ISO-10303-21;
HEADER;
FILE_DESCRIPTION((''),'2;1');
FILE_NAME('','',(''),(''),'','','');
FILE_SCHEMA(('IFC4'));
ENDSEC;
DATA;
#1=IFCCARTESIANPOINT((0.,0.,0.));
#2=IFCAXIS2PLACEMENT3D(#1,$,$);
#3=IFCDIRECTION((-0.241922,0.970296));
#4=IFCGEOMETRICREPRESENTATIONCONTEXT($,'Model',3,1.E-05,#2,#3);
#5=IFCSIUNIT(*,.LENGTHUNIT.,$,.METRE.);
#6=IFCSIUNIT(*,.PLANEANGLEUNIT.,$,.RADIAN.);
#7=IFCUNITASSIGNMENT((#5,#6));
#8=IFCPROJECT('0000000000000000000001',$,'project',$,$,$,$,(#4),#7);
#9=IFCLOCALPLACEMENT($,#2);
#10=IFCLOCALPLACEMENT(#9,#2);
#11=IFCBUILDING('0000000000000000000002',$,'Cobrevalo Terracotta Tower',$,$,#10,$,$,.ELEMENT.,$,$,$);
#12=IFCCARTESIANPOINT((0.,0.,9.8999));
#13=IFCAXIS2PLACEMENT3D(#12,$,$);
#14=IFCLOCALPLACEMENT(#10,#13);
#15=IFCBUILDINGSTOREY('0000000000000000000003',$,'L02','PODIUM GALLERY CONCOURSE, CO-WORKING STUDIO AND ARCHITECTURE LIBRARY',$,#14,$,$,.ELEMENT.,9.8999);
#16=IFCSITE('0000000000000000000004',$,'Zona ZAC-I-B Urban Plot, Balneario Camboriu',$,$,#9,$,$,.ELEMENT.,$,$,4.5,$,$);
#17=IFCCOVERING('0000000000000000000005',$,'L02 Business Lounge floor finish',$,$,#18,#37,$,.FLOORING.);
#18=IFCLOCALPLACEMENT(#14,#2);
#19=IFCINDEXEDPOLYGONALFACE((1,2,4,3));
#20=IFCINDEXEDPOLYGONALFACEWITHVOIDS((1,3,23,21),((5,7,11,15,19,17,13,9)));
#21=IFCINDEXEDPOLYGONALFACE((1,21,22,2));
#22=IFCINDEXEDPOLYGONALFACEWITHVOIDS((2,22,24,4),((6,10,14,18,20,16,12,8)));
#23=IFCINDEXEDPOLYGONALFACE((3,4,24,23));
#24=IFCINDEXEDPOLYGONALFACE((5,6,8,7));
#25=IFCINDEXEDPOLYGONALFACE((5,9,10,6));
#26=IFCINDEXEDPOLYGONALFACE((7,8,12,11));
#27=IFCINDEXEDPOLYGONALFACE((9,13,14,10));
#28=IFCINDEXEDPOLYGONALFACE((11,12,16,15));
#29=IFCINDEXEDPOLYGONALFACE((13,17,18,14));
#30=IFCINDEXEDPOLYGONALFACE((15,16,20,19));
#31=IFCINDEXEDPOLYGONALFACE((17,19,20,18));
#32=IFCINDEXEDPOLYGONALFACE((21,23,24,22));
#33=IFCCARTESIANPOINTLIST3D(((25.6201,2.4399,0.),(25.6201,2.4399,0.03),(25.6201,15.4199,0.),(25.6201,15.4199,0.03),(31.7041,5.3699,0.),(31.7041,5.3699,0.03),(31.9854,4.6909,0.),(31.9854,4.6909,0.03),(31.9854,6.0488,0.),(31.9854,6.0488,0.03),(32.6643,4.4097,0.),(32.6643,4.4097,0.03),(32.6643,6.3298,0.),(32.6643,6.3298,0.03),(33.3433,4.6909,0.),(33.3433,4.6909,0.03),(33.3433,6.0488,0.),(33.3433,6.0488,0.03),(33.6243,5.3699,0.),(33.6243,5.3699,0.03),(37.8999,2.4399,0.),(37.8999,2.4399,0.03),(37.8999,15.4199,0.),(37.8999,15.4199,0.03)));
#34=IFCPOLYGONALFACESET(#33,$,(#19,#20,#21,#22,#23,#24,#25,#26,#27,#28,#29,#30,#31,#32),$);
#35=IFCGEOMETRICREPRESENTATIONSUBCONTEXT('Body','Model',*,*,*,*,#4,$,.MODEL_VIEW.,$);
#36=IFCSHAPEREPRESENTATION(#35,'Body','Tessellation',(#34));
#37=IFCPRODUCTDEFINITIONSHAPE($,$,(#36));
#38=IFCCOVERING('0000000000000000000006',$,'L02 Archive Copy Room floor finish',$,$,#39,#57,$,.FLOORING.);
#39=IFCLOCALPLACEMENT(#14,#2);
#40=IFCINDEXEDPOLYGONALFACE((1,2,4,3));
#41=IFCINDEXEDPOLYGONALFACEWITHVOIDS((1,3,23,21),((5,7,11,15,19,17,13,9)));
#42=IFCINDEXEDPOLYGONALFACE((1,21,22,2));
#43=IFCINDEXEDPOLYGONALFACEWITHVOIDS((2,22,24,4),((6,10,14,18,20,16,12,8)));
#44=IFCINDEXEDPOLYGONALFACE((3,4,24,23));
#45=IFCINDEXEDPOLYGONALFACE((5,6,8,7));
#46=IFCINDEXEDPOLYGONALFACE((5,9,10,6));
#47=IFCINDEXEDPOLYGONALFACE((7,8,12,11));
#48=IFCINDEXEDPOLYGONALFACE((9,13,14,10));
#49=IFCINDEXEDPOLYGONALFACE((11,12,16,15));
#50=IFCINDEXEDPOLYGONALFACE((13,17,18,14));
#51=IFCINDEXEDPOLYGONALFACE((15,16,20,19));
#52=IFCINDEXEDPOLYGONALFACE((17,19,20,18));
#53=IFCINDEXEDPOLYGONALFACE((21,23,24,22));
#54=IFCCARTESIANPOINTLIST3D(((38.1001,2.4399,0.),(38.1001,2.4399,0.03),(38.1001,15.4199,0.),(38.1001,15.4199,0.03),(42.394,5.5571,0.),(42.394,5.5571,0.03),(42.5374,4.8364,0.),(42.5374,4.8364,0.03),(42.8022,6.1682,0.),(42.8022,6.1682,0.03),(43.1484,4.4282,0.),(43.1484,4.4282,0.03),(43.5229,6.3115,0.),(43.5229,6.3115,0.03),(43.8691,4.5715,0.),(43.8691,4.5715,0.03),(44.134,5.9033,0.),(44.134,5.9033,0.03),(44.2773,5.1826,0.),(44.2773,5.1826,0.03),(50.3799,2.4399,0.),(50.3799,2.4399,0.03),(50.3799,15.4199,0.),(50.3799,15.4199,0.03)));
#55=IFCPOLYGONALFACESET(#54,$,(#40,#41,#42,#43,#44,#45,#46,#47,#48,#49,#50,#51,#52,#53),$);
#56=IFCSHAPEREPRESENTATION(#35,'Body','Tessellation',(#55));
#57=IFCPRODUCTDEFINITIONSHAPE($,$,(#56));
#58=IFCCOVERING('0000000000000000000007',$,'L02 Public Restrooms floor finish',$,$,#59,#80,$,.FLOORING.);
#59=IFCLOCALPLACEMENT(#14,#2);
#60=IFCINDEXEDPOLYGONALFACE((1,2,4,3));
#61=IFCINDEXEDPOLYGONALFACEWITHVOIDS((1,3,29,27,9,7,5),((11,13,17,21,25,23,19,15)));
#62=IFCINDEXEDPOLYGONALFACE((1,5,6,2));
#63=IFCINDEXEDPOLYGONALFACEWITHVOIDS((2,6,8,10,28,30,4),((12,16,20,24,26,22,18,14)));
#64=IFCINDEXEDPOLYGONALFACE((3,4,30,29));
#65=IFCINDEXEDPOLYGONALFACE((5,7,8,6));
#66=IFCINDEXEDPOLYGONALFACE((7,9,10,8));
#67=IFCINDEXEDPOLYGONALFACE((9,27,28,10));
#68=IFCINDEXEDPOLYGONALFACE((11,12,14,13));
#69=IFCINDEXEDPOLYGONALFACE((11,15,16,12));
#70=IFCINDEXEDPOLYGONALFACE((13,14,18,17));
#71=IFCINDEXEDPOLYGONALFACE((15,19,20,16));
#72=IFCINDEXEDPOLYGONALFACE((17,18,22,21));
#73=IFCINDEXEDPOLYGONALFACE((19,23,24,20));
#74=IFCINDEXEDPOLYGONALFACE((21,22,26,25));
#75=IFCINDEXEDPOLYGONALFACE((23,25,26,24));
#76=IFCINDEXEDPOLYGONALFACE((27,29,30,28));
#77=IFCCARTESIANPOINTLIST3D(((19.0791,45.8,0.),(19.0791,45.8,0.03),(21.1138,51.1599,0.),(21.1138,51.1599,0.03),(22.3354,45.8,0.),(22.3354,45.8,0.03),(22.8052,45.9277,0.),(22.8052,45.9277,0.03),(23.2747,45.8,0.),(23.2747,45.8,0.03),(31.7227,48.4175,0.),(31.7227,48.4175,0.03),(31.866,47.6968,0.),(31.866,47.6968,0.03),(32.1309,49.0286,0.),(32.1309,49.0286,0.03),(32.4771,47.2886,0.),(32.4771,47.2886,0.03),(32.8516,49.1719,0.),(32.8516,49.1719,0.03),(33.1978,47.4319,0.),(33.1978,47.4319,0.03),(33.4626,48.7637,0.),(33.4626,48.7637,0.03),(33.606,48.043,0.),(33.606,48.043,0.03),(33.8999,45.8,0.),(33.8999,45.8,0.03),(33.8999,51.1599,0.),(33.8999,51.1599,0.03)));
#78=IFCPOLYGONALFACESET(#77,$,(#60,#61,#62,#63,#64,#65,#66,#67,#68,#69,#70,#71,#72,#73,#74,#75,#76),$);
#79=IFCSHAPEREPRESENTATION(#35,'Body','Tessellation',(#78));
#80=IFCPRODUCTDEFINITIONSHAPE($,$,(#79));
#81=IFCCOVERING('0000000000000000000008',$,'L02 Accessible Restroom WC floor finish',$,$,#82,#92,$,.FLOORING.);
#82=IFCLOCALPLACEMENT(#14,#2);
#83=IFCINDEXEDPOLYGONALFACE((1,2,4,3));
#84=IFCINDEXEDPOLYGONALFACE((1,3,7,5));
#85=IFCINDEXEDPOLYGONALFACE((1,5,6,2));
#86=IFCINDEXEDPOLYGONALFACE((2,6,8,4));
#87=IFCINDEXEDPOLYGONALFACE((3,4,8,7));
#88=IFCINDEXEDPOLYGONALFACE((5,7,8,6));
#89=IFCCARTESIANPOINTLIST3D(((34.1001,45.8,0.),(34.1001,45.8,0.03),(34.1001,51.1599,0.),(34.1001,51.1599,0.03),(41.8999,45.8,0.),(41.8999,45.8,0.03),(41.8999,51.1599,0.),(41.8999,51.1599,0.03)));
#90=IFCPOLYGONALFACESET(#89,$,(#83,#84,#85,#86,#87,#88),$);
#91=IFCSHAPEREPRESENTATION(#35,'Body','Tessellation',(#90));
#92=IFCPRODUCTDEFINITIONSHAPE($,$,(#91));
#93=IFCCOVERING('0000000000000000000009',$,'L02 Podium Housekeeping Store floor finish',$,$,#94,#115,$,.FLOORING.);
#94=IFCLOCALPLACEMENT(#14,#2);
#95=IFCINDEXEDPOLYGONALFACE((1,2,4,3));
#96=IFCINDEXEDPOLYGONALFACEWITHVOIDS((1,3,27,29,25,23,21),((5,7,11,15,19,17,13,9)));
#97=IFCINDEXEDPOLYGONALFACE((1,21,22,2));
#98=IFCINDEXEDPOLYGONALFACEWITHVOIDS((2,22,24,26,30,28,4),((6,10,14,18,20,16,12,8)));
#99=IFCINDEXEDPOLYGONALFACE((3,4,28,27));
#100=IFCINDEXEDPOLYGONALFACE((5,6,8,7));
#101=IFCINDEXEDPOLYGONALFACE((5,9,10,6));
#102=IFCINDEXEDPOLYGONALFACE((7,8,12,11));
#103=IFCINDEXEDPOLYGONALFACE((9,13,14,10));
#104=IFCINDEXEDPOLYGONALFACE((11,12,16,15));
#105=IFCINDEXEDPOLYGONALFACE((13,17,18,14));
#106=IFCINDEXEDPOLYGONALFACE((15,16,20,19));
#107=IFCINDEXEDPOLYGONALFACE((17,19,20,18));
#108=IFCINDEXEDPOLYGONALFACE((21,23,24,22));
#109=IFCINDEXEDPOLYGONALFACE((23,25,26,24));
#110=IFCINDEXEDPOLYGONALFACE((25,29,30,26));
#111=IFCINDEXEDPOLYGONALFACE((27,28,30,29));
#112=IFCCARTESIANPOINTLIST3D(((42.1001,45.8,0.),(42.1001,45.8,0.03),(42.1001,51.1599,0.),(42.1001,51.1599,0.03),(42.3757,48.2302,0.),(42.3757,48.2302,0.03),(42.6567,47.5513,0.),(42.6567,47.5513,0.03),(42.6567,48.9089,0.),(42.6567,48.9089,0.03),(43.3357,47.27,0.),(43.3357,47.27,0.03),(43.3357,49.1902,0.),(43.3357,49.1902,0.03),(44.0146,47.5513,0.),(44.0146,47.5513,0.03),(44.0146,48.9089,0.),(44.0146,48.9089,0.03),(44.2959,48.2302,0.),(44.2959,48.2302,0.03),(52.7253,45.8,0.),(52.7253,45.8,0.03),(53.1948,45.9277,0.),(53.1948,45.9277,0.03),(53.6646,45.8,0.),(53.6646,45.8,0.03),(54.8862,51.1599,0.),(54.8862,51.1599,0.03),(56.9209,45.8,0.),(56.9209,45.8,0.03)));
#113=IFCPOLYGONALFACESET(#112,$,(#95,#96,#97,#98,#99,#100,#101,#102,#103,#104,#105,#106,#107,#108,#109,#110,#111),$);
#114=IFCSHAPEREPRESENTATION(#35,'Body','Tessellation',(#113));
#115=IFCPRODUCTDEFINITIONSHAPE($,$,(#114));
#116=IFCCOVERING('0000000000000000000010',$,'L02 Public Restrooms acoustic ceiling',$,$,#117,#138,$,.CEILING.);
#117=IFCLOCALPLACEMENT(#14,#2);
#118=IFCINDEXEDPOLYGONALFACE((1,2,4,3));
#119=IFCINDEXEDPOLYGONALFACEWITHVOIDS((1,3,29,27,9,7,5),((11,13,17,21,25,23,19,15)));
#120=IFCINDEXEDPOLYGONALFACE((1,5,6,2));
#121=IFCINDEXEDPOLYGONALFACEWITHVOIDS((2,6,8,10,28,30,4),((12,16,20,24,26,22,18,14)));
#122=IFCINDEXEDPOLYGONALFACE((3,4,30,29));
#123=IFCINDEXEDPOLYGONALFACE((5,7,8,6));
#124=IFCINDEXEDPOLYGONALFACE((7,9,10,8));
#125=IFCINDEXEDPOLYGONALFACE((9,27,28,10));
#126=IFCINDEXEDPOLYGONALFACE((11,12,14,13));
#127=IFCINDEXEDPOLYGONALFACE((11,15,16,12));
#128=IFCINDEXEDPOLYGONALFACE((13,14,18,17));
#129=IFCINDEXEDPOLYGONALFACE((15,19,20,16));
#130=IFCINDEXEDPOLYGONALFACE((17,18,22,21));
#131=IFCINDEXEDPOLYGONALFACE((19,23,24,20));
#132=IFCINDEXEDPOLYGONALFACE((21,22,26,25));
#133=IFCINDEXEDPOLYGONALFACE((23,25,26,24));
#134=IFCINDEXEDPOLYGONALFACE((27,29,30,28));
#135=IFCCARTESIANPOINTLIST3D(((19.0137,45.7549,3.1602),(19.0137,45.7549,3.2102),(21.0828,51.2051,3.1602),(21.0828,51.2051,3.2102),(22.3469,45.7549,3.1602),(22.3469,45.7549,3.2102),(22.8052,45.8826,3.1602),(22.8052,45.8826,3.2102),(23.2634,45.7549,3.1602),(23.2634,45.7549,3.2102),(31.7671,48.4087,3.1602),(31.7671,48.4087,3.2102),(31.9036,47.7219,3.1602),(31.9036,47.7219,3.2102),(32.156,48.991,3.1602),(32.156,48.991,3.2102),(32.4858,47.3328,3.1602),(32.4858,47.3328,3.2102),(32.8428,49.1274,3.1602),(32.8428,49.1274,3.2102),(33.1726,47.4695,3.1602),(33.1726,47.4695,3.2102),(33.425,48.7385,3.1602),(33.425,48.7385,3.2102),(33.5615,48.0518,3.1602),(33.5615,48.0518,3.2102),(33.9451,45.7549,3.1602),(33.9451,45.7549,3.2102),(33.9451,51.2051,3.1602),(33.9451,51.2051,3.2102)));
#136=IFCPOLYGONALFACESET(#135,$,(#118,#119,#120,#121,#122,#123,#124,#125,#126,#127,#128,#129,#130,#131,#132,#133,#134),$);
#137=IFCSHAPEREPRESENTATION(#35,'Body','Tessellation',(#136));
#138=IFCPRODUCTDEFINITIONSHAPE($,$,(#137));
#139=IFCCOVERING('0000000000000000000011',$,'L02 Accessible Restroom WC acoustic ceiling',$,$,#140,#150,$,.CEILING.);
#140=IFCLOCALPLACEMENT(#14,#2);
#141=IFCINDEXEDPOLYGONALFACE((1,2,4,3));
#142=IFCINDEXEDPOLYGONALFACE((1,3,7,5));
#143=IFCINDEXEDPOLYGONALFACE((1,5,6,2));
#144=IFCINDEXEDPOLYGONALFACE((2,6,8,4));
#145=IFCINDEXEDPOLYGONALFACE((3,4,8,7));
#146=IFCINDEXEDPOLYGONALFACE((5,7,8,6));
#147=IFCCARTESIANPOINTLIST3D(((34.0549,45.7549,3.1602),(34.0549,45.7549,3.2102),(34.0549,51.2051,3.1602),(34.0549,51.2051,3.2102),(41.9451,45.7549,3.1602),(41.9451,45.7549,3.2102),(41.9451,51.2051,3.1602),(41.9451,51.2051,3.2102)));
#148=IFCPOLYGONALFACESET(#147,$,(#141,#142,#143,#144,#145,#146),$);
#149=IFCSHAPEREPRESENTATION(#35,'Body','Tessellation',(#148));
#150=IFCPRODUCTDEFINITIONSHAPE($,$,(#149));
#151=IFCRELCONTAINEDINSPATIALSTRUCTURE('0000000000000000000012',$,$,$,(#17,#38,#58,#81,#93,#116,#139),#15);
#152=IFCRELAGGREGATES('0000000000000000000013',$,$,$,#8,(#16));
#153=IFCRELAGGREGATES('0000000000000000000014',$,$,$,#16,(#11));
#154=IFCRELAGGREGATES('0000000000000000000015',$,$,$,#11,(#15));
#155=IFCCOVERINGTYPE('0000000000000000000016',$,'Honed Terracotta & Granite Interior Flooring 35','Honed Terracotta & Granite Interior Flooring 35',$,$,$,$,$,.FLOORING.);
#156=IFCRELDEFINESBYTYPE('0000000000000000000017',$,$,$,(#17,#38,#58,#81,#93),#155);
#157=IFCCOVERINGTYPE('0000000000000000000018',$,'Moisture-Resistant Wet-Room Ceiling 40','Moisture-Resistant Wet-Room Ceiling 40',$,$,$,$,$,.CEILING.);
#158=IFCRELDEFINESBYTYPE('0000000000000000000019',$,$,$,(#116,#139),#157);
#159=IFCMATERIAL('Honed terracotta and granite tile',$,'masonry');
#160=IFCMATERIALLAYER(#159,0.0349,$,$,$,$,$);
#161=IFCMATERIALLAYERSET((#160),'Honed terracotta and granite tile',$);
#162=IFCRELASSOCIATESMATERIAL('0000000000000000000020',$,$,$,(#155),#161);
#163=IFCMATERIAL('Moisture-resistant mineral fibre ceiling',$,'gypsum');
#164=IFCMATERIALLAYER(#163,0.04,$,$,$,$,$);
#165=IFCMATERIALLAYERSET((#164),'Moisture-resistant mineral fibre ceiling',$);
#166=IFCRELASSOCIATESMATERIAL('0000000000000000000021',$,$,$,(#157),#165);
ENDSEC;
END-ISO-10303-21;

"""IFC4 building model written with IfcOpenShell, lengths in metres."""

from ifc_helpers import new_model, si_unit, direction, frame, origin, place, context, subcontext, project, spatial, polyline, outline, extrude, material, layer, layer_set, type_object, element, save


model = new_model("IFC4")

# Units and contexts
model_context = context("Model", 3, precision=1e-05, world=origin(), true_north=direction((-0.241922, 0.970296)))
body_context = subcontext(model_context, "Body", "Model", "MODEL_VIEW")
ifc_project = project(units=[si_unit("LENGTHUNIT", "METRE"), si_unit("PLANEANGLEUNIT", "RADIAN")], contexts=[model_context])

# Site, building, storey
site_placement = place(None, origin())
site = spatial("IfcSite", under=ifc_project, at=site_placement, Name="Zona ZAC-I-B Urban Plot, Balneario Camboriu", CompositionType="ELEMENT", RefElevation=4.5)
building_placement = place(site_placement, origin())
building = spatial("IfcBuilding", under=site, at=building_placement, Name="Cobrevalo Terracotta Tower", CompositionType="ELEMENT")
storey_placement = place(building_placement, frame((0.0, 0.0, 9.8999)))
storey = spatial("IfcBuildingStorey", under=building, at=storey_placement, Name="L02", Description="PODIUM GALLERY CONCOURSE, CO-WORKING STUDIO AND ARCHITECTURE LIBRARY", CompositionType="ELEMENT", Elevation=9.8999)

# Coverings
ifc_material_1 = material(Name="Honed terracotta and granite tile", Category="masonry")
ifc_layer_1 = layer(ifc_material_1, 0.0349)
ifc_layer_set_1 = layer_set([ifc_layer_1], Name="Honed terracotta and granite tile")
covering_type_1 = type_object("IfcCoveringType", Name="Honed Terracotta & Granite Interior Flooring 35", Description="Honed Terracotta & Granite Interior Flooring 35", PredefinedType="FLOORING", material=ifc_layer_set_1)
covering_1_placement = place(storey_placement, origin())
element("IfcCovering", 1, at=covering_1_placement, inside=storey, type_object=covering_type_1, Name="L02 Business Lounge floor finish", PredefinedType="FLOORING", context=body_context, shape_type="SweptSolid", body=[
    extrude(outline(polyline([(25.6201, 15.4199), (37.8999, 15.4199), (37.8999, 2.4399), (25.6201, 2.4399), (25.6201, 15.4199)]), holes=[polyline([(33.3433, 4.6909), (33.6243, 5.3699), (33.3433, 6.0488), (32.6643, 6.3298), (31.9854, 6.0488), (31.7041, 5.3699), (31.9854, 4.6909), (32.6643, 4.4097), (33.3433, 4.6909)])]), origin(), (0.0, 0.0, 1.0), 0.03),
])
covering_2_placement = place(storey_placement, origin())
element("IfcCovering", 2, at=covering_2_placement, inside=storey, type_object=covering_type_1, Name="L02 Archive Copy Room floor finish", PredefinedType="FLOORING", context=body_context, shape_type="SweptSolid", body=[
    extrude(outline(polyline([(38.1001, 15.4199), (50.3799, 15.4199), (50.3799, 2.4399), (38.1001, 2.4399), (38.1001, 15.4199)]), holes=[polyline([(43.8691, 4.5715), (44.2773, 5.1826), (44.134, 5.9033), (43.5229, 6.3115), (42.8022, 6.1682), (42.394, 5.5571), (42.5374, 4.8364), (43.1484, 4.4282), (43.8691, 4.5715)])]), origin(), (0.0, 0.0, 1.0), 0.03),
])
covering_3_placement = place(storey_placement, origin())
element("IfcCovering", 3, at=covering_3_placement, inside=storey, type_object=covering_type_1, Name="L02 Public Restrooms floor finish", PredefinedType="FLOORING", context=body_context, shape_type="SweptSolid", body=[
    extrude(outline(polyline([(33.8999, 45.8), (23.2747, 45.8), (22.8052, 45.9277), (22.3354, 45.8), (19.0791, 45.8), (21.1138, 51.1599), (33.8999, 51.1599), (33.8999, 45.8)]), holes=[polyline([(33.1978, 47.4319), (33.606, 48.043), (33.4626, 48.7637), (32.8516, 49.1719), (32.1309, 49.0286), (31.7227, 48.4175), (31.866, 47.6968), (32.4771, 47.2886), (33.1978, 47.4319)])]), origin(), (0.0, 0.0, 1.0), 0.03),
])
covering_4_placement = place(storey_placement, origin())
element("IfcCovering", 4, at=covering_4_placement, inside=storey, type_object=covering_type_1, Name="L02 Accessible Restroom WC floor finish", PredefinedType="FLOORING", context=body_context, shape_type="SweptSolid", body=[
    extrude(outline(polyline([(41.8999, 45.8), (34.1001, 45.8), (34.1001, 51.1599), (41.8999, 51.1599), (41.8999, 45.8)])), origin(), (0.0, 0.0, 1.0), 0.03),
])
covering_5_placement = place(storey_placement, origin())
element("IfcCovering", 5, at=covering_5_placement, inside=storey, type_object=covering_type_1, Name="L02 Podium Housekeeping Store floor finish", PredefinedType="FLOORING", context=body_context, shape_type="SweptSolid", body=[
    extrude(outline(polyline([(56.9209, 45.8), (53.6646, 45.8), (53.1948, 45.9277), (52.7253, 45.8), (42.1001, 45.8), (42.1001, 51.1599), (54.8862, 51.1599), (56.9209, 45.8)]), holes=[polyline([(44.0146, 47.5513), (44.2959, 48.2302), (44.0146, 48.9089), (43.3357, 49.1902), (42.6567, 48.9089), (42.3757, 48.2302), (42.6567, 47.5513), (43.3357, 47.27), (44.0146, 47.5513)])]), origin(), (0.0, 0.0, 1.0), 0.03),
])
ifc_material_2 = material(Name="Moisture-resistant mineral fibre ceiling", Category="gypsum")
ifc_layer_2 = layer(ifc_material_2, 0.04)
ifc_layer_set_2 = layer_set([ifc_layer_2], Name="Moisture-resistant mineral fibre ceiling")
covering_type_2 = type_object("IfcCoveringType", Name="Moisture-Resistant Wet-Room Ceiling 40", Description="Moisture-Resistant Wet-Room Ceiling 40", PredefinedType="CEILING", material=ifc_layer_set_2)
covering_6_placement = place(storey_placement, frame((0.0, 0.0, 3.1602)))
element("IfcCovering", 6, at=covering_6_placement, inside=storey, type_object=covering_type_2, Name="L02 Public Restrooms acoustic ceiling", PredefinedType="CEILING", context=body_context, shape_type="SweptSolid", body=[
    extrude(outline(polyline([(33.9451, 45.7549), (23.2634, 45.7549), (22.8052, 45.8826), (22.3469, 45.7549), (19.0137, 45.7549), (21.0828, 51.2051), (33.9451, 51.2051), (33.9451, 45.7549)]), holes=[polyline([(33.1726, 47.4695), (33.5615, 48.0518), (33.425, 48.7385), (32.8428, 49.1274), (32.156, 48.991), (31.7671, 48.4087), (31.9036, 47.7219), (32.4858, 47.3328), (33.1726, 47.4695)])]), origin(), (0.0, 0.0, 1.0), 0.05),
])
covering_7_placement = place(storey_placement, frame((0.0, 0.0, 3.1602)))
element("IfcCovering", 7, at=covering_7_placement, inside=storey, type_object=covering_type_2, Name="L02 Accessible Restroom WC acoustic ceiling", PredefinedType="CEILING", context=body_context, shape_type="SweptSolid", body=[
    extrude(outline(polyline([(41.9451, 45.7549), (34.0549, 45.7549), (34.0549, 51.2051), (41.9451, 51.2051), (41.9451, 45.7549)])), origin(), (0.0, 0.0, 1.0), 0.05),
])

save(model, "model.ifc")
